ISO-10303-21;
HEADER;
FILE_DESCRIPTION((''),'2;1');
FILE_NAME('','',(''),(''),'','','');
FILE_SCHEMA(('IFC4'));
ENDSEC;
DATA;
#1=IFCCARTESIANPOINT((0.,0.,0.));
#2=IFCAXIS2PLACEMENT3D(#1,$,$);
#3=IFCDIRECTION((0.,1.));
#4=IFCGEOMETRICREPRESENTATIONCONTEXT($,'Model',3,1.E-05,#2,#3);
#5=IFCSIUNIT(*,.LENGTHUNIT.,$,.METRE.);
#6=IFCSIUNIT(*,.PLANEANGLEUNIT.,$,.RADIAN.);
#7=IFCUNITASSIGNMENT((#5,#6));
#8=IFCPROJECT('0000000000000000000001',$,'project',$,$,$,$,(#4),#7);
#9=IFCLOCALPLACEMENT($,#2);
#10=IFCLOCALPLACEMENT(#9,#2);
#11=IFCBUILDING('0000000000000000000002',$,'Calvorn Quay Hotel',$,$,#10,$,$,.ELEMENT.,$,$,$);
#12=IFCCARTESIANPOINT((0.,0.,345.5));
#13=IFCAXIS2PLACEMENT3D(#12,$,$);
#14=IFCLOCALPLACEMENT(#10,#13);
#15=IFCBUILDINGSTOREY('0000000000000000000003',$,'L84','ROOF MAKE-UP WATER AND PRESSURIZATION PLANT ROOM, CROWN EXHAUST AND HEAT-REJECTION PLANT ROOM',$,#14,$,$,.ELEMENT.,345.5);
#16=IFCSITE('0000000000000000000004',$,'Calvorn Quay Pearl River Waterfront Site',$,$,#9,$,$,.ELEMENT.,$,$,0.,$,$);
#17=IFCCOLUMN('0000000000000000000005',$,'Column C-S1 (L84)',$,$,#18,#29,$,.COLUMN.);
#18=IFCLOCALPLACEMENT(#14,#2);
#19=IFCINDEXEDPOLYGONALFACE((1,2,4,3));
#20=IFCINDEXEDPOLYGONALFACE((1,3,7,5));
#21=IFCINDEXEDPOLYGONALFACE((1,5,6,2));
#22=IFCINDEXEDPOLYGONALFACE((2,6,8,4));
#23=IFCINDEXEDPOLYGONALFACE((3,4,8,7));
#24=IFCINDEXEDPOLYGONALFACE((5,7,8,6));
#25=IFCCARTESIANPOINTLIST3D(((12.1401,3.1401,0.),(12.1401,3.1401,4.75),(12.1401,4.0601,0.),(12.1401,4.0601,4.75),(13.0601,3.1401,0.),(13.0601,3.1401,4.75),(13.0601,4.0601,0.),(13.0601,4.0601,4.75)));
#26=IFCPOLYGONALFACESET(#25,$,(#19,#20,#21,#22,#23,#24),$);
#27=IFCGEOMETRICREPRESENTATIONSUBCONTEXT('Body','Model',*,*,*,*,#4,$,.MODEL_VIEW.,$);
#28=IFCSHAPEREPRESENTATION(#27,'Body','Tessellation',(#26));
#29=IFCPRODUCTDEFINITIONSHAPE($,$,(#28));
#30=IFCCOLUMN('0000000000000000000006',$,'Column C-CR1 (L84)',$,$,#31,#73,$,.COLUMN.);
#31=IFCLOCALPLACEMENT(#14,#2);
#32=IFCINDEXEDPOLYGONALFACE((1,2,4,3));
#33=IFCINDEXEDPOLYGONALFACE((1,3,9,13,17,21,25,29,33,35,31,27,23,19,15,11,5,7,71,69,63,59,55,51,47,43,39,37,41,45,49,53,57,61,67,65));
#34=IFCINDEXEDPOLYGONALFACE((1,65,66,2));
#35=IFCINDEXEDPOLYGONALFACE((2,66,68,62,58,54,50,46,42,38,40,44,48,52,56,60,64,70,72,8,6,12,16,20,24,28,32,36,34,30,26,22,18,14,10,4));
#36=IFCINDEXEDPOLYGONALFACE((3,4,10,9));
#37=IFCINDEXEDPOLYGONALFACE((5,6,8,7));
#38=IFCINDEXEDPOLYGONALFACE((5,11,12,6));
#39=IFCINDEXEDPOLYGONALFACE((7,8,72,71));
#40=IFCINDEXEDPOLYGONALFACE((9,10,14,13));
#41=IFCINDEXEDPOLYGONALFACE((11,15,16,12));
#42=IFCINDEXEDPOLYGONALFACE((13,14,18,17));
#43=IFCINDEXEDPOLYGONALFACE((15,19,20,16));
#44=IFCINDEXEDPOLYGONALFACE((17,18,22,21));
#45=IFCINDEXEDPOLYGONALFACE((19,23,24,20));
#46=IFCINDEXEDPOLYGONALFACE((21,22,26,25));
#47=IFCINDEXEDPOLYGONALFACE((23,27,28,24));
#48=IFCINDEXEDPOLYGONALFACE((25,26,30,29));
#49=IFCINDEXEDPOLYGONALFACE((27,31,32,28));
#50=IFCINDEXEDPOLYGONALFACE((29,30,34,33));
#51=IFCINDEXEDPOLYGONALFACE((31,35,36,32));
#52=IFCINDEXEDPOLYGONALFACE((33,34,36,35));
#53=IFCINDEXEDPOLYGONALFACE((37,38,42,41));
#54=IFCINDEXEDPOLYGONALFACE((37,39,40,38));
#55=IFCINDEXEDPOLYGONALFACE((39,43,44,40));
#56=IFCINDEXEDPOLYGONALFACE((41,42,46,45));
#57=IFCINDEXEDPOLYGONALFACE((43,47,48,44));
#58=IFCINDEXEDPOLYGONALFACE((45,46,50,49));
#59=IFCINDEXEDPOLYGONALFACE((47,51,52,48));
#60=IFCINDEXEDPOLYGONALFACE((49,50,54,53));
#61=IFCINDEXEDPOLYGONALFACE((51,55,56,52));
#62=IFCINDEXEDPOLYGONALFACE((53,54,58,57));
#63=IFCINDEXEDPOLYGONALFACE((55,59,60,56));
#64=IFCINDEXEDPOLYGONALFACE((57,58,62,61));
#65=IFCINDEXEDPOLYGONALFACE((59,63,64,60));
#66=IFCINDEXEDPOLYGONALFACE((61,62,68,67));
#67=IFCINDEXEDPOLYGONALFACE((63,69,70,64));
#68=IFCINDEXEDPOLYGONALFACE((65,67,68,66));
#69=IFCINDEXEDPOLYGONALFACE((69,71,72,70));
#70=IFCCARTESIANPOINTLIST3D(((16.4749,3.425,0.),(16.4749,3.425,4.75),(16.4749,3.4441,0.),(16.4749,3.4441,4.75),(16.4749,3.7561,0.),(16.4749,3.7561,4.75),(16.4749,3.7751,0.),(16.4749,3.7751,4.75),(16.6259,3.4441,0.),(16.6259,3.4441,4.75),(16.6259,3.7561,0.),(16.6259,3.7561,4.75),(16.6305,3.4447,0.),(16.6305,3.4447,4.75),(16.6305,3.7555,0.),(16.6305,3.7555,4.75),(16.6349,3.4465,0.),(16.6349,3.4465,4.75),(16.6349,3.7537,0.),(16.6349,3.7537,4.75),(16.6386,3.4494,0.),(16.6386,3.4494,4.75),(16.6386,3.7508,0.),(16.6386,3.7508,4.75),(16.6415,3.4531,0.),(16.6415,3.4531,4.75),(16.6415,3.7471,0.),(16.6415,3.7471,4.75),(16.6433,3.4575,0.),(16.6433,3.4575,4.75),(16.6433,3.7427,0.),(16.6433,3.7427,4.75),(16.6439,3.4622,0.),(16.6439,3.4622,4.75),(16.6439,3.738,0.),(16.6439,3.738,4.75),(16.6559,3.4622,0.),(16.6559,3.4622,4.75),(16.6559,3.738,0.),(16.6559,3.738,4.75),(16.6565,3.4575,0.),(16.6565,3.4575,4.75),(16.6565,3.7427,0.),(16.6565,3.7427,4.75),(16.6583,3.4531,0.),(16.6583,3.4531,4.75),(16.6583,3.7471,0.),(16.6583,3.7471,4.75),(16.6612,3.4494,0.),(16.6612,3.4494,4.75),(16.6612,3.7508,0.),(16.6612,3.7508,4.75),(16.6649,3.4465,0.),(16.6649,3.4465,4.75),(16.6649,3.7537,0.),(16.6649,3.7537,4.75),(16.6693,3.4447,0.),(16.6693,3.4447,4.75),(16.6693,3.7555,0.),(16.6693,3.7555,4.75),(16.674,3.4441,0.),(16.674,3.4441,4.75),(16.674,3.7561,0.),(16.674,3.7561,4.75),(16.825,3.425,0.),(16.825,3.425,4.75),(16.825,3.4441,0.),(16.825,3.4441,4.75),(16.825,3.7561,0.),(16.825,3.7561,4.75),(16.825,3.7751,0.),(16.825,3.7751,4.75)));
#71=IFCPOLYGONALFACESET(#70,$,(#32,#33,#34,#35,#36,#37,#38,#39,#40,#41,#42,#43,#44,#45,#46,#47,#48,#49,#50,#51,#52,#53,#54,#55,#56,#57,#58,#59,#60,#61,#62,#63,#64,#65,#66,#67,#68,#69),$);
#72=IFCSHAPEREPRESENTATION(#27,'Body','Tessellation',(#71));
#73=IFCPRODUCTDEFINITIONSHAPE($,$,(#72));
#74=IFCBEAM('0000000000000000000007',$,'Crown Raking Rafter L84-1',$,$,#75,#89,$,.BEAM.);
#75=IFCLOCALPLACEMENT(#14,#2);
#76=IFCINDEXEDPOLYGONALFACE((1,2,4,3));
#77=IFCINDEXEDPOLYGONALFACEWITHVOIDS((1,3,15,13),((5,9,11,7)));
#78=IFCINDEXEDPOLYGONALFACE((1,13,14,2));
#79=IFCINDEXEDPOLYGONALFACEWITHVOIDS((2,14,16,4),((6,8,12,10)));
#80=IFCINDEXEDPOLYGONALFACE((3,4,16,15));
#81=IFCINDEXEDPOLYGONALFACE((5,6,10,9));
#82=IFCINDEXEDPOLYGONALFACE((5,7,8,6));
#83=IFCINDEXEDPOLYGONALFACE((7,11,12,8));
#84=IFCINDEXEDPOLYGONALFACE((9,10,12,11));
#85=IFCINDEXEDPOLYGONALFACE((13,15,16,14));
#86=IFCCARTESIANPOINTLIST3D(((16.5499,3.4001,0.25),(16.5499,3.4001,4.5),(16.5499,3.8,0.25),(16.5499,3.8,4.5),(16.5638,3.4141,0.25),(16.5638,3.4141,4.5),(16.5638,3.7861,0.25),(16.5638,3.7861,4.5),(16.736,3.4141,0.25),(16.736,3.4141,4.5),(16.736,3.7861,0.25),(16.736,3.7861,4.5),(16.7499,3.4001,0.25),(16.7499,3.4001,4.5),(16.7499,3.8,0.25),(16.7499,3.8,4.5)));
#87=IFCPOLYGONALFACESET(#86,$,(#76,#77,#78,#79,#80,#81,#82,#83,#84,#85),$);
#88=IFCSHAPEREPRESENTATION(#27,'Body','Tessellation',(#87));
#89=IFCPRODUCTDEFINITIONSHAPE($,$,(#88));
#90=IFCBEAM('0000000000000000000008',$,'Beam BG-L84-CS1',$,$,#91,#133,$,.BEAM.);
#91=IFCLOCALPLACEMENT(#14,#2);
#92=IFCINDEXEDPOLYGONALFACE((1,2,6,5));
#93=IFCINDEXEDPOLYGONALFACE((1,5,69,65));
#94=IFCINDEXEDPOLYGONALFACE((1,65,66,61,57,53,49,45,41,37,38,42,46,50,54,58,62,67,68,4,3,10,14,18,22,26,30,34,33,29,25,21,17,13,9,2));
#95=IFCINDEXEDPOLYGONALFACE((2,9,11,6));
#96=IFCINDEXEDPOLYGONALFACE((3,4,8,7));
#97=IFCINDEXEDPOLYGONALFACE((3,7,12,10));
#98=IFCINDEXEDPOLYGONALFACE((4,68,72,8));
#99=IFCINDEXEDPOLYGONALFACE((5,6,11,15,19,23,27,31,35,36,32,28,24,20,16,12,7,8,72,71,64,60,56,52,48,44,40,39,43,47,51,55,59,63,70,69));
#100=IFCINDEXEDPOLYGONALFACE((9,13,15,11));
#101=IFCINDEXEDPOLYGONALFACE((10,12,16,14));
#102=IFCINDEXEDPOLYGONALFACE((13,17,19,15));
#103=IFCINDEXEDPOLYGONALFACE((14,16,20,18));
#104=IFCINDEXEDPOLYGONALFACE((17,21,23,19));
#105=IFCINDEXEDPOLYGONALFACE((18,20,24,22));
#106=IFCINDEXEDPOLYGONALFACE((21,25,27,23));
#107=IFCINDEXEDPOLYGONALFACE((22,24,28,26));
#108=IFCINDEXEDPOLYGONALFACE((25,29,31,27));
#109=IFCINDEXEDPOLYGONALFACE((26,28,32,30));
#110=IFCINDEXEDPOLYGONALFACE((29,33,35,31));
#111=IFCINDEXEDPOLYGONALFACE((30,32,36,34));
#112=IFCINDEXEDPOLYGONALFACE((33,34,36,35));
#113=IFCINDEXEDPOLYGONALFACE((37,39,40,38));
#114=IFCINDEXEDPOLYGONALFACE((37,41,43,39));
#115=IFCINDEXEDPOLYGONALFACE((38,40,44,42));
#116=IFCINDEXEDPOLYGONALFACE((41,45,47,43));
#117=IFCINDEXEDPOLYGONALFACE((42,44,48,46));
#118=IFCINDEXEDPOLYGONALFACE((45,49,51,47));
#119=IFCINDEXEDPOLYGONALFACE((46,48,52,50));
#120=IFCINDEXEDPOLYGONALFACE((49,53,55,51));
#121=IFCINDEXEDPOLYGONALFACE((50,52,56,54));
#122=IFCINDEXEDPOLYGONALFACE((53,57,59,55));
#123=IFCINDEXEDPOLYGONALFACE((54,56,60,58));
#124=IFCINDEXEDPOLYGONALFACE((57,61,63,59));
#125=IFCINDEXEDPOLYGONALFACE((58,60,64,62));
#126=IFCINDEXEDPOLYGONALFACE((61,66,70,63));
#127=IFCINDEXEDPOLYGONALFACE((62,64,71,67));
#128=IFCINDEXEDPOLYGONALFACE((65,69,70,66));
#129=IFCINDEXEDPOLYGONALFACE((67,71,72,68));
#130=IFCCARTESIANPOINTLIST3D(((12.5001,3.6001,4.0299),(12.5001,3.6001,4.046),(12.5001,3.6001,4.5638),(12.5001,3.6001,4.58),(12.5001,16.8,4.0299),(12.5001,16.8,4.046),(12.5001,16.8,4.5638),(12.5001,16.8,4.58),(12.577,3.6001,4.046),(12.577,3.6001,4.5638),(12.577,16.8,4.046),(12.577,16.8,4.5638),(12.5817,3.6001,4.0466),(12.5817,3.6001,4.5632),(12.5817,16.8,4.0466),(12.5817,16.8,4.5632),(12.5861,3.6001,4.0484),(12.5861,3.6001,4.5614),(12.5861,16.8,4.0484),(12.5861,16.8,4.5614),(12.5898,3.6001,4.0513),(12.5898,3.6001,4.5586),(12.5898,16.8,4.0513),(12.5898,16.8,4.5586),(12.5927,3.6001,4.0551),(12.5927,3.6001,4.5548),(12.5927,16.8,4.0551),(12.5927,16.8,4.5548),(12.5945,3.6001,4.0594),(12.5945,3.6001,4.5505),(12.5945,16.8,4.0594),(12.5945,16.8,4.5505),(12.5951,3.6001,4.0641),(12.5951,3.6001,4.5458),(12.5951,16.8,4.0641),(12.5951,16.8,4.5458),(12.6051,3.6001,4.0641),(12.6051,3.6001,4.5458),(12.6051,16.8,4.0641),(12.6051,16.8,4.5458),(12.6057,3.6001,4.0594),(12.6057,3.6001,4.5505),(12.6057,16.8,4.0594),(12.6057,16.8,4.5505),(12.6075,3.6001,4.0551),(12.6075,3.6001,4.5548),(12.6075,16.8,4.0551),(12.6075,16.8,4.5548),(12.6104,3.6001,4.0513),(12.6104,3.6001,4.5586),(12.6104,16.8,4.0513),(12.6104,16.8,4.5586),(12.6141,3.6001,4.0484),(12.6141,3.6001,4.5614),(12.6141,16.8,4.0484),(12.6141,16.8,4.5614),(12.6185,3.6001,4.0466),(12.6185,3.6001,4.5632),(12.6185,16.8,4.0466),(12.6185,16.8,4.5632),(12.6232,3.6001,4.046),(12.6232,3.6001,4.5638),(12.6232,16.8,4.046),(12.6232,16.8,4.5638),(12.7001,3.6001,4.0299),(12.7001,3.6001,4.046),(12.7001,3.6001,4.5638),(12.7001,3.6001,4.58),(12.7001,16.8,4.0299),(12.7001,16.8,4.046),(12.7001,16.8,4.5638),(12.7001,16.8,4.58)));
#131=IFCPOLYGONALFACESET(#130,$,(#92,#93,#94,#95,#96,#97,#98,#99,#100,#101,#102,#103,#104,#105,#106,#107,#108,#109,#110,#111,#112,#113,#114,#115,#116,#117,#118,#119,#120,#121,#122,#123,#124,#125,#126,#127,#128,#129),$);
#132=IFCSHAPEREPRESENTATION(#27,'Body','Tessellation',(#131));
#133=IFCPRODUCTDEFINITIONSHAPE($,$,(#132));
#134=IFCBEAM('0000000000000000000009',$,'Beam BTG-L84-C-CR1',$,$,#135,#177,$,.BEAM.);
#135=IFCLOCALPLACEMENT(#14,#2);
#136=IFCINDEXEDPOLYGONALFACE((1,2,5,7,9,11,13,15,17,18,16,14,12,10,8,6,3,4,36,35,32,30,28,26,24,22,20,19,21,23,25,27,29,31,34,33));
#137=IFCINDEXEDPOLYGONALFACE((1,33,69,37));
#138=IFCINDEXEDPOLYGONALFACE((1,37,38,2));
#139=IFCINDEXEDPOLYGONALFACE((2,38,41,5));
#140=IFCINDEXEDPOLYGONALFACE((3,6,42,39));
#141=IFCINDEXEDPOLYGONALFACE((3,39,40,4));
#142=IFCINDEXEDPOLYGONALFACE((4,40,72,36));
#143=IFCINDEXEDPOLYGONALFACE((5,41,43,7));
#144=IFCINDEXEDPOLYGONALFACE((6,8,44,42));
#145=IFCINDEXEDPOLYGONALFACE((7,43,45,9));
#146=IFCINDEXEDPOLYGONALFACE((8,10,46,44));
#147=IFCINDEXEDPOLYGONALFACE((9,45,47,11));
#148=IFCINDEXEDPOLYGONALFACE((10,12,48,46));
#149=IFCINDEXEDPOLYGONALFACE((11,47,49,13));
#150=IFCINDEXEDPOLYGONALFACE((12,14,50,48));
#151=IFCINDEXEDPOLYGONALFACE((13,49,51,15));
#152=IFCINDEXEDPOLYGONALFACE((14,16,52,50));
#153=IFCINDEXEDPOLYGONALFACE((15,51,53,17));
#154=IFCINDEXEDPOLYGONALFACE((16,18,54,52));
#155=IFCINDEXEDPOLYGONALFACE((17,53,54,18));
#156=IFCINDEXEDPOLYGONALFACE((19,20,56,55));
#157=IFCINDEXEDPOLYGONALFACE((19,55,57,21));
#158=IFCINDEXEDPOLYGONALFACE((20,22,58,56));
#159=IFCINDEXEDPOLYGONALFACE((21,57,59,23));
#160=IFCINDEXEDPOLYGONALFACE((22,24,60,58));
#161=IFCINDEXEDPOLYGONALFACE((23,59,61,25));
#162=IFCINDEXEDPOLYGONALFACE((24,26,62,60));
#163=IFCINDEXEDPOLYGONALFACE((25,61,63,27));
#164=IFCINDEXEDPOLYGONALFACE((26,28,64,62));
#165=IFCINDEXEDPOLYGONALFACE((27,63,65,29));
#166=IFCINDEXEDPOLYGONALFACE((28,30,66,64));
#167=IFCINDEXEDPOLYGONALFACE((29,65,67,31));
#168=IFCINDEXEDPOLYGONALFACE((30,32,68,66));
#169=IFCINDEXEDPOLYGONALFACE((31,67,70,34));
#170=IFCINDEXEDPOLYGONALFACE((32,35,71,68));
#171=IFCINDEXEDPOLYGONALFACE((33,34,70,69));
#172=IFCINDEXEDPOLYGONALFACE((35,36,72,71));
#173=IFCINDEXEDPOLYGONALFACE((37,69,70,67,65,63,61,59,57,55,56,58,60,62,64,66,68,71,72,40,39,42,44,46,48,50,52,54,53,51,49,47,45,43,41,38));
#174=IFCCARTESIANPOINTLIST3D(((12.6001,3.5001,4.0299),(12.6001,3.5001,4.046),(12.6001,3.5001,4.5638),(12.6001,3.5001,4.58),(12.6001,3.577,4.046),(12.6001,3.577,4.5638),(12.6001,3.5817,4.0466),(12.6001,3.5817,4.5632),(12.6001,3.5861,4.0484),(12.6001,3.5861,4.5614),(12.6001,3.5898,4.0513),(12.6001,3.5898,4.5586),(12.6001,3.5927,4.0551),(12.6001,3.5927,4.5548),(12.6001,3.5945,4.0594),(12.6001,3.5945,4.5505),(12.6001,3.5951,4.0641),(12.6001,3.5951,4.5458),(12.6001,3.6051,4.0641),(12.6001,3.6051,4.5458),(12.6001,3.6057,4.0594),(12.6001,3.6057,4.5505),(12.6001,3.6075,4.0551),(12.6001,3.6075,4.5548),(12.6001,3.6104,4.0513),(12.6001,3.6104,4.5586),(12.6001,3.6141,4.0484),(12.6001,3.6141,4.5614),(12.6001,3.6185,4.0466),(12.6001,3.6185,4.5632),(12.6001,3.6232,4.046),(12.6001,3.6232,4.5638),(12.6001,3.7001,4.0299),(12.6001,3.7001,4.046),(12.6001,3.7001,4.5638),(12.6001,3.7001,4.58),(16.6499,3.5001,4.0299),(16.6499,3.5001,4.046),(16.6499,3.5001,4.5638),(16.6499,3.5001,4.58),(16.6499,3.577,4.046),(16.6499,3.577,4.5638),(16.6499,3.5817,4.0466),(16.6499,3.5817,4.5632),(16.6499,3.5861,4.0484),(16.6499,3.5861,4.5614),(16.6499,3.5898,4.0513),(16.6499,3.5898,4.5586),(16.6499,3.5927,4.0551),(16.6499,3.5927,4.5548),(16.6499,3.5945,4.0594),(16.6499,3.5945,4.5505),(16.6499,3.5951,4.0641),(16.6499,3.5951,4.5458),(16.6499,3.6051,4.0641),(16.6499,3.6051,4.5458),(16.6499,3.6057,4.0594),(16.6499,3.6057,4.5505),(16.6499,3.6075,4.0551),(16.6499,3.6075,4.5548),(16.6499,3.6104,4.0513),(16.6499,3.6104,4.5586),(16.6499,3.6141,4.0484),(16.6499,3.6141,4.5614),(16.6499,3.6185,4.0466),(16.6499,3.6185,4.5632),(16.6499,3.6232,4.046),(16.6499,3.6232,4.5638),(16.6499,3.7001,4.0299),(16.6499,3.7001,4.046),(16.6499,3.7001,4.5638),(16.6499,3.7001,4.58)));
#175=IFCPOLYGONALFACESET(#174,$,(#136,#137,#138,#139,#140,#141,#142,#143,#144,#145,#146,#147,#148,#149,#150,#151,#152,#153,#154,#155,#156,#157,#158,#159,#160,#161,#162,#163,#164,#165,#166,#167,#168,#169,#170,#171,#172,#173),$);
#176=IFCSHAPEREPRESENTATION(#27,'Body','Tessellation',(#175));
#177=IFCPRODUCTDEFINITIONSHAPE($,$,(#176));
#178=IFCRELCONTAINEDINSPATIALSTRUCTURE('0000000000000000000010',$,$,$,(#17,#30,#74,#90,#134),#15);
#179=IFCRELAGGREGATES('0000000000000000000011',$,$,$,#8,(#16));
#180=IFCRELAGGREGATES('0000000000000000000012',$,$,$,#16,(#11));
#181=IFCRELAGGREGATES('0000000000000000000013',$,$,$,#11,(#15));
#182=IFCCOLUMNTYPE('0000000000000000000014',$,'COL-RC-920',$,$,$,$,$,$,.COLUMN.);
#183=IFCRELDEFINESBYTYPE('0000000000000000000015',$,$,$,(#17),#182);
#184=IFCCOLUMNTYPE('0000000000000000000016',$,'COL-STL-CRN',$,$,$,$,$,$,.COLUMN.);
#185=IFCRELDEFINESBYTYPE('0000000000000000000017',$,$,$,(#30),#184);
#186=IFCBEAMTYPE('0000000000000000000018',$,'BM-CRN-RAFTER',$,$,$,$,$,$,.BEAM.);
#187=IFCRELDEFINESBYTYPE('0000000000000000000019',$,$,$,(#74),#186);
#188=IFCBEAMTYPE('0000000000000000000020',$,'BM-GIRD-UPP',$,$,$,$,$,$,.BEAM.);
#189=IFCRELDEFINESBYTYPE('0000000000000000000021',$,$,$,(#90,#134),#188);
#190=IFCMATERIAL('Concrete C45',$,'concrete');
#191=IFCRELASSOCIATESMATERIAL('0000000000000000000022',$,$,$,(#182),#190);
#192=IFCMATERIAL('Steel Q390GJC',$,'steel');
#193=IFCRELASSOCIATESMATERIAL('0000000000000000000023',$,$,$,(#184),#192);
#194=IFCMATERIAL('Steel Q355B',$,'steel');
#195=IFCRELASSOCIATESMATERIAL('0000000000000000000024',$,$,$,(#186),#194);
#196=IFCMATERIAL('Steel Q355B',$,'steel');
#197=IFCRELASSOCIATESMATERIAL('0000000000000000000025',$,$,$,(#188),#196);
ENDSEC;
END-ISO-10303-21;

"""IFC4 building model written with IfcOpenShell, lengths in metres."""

from ifc_helpers import new_model, si_unit, direction, frame, origin, origin_2d, place, context, subcontext, project, spatial, rectangle, hollow_rectangle, i_section, extrude, material, material_profile, profile_set, type_object, element, save


model = new_model("IFC4")

# Units and contexts
model_context = context("Model", 3, precision=1e-05, world=origin(), true_north=direction((0.0, 1.0)))
body_context = subcontext(model_context, "Body", "Model", "MODEL_VIEW")
ifc_project = project(units=[si_unit("LENGTHUNIT", "METRE"), si_unit("PLANEANGLEUNIT", "RADIAN")], contexts=[model_context])

# Site, building, storey
site_placement = place(None, origin())
site = spatial("IfcSite", under=ifc_project, at=site_placement, Name="Calvorn Quay Pearl River Waterfront Site", CompositionType="ELEMENT", RefElevation=0.0)
building_placement = place(site_placement, origin())
building = spatial("IfcBuilding", under=site, at=building_placement, Name="Calvorn Quay Hotel", CompositionType="ELEMENT")
storey_placement = place(building_placement, frame((0.0, 0.0, 345.5)))
storey = spatial("IfcBuildingStorey", under=building, at=storey_placement, Name="L84", Description="ROOF MAKE-UP WATER AND PRESSURIZATION PLANT ROOM, CROWN EXHAUST AND HEAT-REJECTION PLANT ROOM", CompositionType="ELEMENT", Elevation=345.5)

# Columns
ifc_material_1 = material(Name="Concrete C45", Category="concrete")
ifc_material_profile_1 = material_profile(ifc_material_1, rectangle(XDim=0.9199, YDim=0.9199, at=origin_2d()), Name="RC920x920")
ifc_profile_set_1 = profile_set([ifc_material_profile_1], Name="Concrete C45")
column_type_1 = type_object("IfcColumnType", Name="COL-RC-920", PredefinedType="COLUMN", material=ifc_profile_set_1)
column_1_placement = place(storey_placement, frame((12.6001, 3.6001, 0.0), z_axis=(0.0, 0.0, 1.0), x_axis=(1.0, 0.0, 0.0)))
element("IfcColumn", 1, at=column_1_placement, inside=storey, type_object=column_type_1, Name="Column C-S1 (L84)", PredefinedType="COLUMN", context=body_context, shape_type="SweptSolid", body=[
    extrude(rectangle(XDim=0.9199, YDim=0.9199, at=origin_2d()), origin(), (0.0, 0.0, 1.0), 4.75),
])
ifc_material_2 = material(Name="Steel Q390GJC", Category="steel")
ifc_material_profile_2 = material_profile(ifc_material_2, i_section(OverallWidth=0.3501, OverallDepth=0.3501, WebThickness=0.012, FlangeThickness=0.019, FilletRadius=0.0181, at=origin_2d()), Name="HW350x350x12x19")
ifc_profile_set_2 = profile_set([ifc_material_profile_2], Name="Steel Q390GJC")
column_type_2 = type_object("IfcColumnType", Name="COL-STL-CRN", PredefinedType="COLUMN", material=ifc_profile_set_2)
column_2_placement = place(storey_placement, frame((16.6499, 3.6001, 0.0), z_axis=(0.0, 0.0, 1.0), x_axis=(1.0, 0.0, 0.0)))
element("IfcColumn", 2, at=column_2_placement, inside=storey, type_object=column_type_2, Name="Column C-CR1 (L84)", PredefinedType="COLUMN", context=body_context, shape_type="SweptSolid", body=[
    extrude(i_section(OverallWidth=0.3501, OverallDepth=0.3501, WebThickness=0.012, FlangeThickness=0.019, FilletRadius=0.0181, at=origin_2d()), origin(), (0.0, 0.0, 1.0), 4.75),
])

# Beams
ifc_material_3 = material(Name="Steel Q355B", Category="steel")
ifc_material_profile_3 = material_profile(ifc_material_3, hollow_rectangle(XDim=0.2, YDim=0.3999, WallThickness=0.0139, at=origin_2d()), Name="RHS400x200x14")
ifc_profile_set_3 = profile_set([ifc_material_profile_3], Name="Steel Q355B")
beam_type_1 = type_object("IfcBeamType", Name="BM-CRN-RAFTER", PredefinedType="BEAM", material=ifc_profile_set_3)
beam_1_placement = place(storey_placement, frame((16.6499, 3.6001, 0.25), z_axis=(0.0, 0.0, 1.0), x_axis=(1.0, 0.0, 0.0)))
element("IfcBeam", 3, at=beam_1_placement, inside=storey, type_object=beam_type_1, Name="Crown Raking Rafter L84-1", PredefinedType="BEAM", context=body_context, shape_type="SweptSolid", body=[
    extrude(hollow_rectangle(XDim=0.2, YDim=0.3999, WallThickness=0.0139, at=origin_2d()), origin(), (0.0, 0.0, 1.0), 4.25),
])
ifc_material_4 = material(Name="Steel Q355B", Category="steel")
ifc_material_profile_4 = material_profile(ifc_material_4, i_section(OverallWidth=0.2, OverallDepth=0.55, WebThickness=0.01, FlangeThickness=0.0161, FilletRadius=0.0181, at=origin_2d()), Name="HN550x200x10x16")
ifc_profile_set_4 = profile_set([ifc_material_profile_4], Name="Steel Q355B")
beam_type_2 = type_object("IfcBeamType", Name="BM-GIRD-UPP", PredefinedType="BEAM", material=ifc_profile_set_4)
beam_2_placement = place(storey_placement, frame((12.6001, 3.6001, 4.3049), z_axis=(0.0, 1.0, 0.0), x_axis=(-1.0, 0.0, 0.0)))
element("IfcBeam", 4, at=beam_2_placement, inside=storey, type_object=beam_type_2, Name="Beam BG-L84-CS1", PredefinedType="BEAM", context=body_context, shape_type="SweptSolid", body=[
    extrude(i_section(OverallWidth=0.2, OverallDepth=0.55, WebThickness=0.01, FlangeThickness=0.0161, FilletRadius=0.0181, at=origin_2d()), origin(), (0.0, 0.0, 1.0), 13.2),
])
beam_3_placement = place(storey_placement, frame((12.6001, 3.6001, 4.3049), z_axis=(1.0, 0.0, 0.0), x_axis=(0.0, 1.0, 0.0)))
element("IfcBeam", 5, at=beam_3_placement, inside=storey, type_object=beam_type_2, Name="Beam BTG-L84-C-CR1", PredefinedType="BEAM", context=body_context, shape_type="SweptSolid", body=[
    extrude(i_section(OverallWidth=0.2, OverallDepth=0.55, WebThickness=0.01, FlangeThickness=0.0161, FilletRadius=0.0181, at=origin_2d()), origin(), (0.0, 0.0, 1.0), 4.0498),
])

save(model, "model.ifc")
